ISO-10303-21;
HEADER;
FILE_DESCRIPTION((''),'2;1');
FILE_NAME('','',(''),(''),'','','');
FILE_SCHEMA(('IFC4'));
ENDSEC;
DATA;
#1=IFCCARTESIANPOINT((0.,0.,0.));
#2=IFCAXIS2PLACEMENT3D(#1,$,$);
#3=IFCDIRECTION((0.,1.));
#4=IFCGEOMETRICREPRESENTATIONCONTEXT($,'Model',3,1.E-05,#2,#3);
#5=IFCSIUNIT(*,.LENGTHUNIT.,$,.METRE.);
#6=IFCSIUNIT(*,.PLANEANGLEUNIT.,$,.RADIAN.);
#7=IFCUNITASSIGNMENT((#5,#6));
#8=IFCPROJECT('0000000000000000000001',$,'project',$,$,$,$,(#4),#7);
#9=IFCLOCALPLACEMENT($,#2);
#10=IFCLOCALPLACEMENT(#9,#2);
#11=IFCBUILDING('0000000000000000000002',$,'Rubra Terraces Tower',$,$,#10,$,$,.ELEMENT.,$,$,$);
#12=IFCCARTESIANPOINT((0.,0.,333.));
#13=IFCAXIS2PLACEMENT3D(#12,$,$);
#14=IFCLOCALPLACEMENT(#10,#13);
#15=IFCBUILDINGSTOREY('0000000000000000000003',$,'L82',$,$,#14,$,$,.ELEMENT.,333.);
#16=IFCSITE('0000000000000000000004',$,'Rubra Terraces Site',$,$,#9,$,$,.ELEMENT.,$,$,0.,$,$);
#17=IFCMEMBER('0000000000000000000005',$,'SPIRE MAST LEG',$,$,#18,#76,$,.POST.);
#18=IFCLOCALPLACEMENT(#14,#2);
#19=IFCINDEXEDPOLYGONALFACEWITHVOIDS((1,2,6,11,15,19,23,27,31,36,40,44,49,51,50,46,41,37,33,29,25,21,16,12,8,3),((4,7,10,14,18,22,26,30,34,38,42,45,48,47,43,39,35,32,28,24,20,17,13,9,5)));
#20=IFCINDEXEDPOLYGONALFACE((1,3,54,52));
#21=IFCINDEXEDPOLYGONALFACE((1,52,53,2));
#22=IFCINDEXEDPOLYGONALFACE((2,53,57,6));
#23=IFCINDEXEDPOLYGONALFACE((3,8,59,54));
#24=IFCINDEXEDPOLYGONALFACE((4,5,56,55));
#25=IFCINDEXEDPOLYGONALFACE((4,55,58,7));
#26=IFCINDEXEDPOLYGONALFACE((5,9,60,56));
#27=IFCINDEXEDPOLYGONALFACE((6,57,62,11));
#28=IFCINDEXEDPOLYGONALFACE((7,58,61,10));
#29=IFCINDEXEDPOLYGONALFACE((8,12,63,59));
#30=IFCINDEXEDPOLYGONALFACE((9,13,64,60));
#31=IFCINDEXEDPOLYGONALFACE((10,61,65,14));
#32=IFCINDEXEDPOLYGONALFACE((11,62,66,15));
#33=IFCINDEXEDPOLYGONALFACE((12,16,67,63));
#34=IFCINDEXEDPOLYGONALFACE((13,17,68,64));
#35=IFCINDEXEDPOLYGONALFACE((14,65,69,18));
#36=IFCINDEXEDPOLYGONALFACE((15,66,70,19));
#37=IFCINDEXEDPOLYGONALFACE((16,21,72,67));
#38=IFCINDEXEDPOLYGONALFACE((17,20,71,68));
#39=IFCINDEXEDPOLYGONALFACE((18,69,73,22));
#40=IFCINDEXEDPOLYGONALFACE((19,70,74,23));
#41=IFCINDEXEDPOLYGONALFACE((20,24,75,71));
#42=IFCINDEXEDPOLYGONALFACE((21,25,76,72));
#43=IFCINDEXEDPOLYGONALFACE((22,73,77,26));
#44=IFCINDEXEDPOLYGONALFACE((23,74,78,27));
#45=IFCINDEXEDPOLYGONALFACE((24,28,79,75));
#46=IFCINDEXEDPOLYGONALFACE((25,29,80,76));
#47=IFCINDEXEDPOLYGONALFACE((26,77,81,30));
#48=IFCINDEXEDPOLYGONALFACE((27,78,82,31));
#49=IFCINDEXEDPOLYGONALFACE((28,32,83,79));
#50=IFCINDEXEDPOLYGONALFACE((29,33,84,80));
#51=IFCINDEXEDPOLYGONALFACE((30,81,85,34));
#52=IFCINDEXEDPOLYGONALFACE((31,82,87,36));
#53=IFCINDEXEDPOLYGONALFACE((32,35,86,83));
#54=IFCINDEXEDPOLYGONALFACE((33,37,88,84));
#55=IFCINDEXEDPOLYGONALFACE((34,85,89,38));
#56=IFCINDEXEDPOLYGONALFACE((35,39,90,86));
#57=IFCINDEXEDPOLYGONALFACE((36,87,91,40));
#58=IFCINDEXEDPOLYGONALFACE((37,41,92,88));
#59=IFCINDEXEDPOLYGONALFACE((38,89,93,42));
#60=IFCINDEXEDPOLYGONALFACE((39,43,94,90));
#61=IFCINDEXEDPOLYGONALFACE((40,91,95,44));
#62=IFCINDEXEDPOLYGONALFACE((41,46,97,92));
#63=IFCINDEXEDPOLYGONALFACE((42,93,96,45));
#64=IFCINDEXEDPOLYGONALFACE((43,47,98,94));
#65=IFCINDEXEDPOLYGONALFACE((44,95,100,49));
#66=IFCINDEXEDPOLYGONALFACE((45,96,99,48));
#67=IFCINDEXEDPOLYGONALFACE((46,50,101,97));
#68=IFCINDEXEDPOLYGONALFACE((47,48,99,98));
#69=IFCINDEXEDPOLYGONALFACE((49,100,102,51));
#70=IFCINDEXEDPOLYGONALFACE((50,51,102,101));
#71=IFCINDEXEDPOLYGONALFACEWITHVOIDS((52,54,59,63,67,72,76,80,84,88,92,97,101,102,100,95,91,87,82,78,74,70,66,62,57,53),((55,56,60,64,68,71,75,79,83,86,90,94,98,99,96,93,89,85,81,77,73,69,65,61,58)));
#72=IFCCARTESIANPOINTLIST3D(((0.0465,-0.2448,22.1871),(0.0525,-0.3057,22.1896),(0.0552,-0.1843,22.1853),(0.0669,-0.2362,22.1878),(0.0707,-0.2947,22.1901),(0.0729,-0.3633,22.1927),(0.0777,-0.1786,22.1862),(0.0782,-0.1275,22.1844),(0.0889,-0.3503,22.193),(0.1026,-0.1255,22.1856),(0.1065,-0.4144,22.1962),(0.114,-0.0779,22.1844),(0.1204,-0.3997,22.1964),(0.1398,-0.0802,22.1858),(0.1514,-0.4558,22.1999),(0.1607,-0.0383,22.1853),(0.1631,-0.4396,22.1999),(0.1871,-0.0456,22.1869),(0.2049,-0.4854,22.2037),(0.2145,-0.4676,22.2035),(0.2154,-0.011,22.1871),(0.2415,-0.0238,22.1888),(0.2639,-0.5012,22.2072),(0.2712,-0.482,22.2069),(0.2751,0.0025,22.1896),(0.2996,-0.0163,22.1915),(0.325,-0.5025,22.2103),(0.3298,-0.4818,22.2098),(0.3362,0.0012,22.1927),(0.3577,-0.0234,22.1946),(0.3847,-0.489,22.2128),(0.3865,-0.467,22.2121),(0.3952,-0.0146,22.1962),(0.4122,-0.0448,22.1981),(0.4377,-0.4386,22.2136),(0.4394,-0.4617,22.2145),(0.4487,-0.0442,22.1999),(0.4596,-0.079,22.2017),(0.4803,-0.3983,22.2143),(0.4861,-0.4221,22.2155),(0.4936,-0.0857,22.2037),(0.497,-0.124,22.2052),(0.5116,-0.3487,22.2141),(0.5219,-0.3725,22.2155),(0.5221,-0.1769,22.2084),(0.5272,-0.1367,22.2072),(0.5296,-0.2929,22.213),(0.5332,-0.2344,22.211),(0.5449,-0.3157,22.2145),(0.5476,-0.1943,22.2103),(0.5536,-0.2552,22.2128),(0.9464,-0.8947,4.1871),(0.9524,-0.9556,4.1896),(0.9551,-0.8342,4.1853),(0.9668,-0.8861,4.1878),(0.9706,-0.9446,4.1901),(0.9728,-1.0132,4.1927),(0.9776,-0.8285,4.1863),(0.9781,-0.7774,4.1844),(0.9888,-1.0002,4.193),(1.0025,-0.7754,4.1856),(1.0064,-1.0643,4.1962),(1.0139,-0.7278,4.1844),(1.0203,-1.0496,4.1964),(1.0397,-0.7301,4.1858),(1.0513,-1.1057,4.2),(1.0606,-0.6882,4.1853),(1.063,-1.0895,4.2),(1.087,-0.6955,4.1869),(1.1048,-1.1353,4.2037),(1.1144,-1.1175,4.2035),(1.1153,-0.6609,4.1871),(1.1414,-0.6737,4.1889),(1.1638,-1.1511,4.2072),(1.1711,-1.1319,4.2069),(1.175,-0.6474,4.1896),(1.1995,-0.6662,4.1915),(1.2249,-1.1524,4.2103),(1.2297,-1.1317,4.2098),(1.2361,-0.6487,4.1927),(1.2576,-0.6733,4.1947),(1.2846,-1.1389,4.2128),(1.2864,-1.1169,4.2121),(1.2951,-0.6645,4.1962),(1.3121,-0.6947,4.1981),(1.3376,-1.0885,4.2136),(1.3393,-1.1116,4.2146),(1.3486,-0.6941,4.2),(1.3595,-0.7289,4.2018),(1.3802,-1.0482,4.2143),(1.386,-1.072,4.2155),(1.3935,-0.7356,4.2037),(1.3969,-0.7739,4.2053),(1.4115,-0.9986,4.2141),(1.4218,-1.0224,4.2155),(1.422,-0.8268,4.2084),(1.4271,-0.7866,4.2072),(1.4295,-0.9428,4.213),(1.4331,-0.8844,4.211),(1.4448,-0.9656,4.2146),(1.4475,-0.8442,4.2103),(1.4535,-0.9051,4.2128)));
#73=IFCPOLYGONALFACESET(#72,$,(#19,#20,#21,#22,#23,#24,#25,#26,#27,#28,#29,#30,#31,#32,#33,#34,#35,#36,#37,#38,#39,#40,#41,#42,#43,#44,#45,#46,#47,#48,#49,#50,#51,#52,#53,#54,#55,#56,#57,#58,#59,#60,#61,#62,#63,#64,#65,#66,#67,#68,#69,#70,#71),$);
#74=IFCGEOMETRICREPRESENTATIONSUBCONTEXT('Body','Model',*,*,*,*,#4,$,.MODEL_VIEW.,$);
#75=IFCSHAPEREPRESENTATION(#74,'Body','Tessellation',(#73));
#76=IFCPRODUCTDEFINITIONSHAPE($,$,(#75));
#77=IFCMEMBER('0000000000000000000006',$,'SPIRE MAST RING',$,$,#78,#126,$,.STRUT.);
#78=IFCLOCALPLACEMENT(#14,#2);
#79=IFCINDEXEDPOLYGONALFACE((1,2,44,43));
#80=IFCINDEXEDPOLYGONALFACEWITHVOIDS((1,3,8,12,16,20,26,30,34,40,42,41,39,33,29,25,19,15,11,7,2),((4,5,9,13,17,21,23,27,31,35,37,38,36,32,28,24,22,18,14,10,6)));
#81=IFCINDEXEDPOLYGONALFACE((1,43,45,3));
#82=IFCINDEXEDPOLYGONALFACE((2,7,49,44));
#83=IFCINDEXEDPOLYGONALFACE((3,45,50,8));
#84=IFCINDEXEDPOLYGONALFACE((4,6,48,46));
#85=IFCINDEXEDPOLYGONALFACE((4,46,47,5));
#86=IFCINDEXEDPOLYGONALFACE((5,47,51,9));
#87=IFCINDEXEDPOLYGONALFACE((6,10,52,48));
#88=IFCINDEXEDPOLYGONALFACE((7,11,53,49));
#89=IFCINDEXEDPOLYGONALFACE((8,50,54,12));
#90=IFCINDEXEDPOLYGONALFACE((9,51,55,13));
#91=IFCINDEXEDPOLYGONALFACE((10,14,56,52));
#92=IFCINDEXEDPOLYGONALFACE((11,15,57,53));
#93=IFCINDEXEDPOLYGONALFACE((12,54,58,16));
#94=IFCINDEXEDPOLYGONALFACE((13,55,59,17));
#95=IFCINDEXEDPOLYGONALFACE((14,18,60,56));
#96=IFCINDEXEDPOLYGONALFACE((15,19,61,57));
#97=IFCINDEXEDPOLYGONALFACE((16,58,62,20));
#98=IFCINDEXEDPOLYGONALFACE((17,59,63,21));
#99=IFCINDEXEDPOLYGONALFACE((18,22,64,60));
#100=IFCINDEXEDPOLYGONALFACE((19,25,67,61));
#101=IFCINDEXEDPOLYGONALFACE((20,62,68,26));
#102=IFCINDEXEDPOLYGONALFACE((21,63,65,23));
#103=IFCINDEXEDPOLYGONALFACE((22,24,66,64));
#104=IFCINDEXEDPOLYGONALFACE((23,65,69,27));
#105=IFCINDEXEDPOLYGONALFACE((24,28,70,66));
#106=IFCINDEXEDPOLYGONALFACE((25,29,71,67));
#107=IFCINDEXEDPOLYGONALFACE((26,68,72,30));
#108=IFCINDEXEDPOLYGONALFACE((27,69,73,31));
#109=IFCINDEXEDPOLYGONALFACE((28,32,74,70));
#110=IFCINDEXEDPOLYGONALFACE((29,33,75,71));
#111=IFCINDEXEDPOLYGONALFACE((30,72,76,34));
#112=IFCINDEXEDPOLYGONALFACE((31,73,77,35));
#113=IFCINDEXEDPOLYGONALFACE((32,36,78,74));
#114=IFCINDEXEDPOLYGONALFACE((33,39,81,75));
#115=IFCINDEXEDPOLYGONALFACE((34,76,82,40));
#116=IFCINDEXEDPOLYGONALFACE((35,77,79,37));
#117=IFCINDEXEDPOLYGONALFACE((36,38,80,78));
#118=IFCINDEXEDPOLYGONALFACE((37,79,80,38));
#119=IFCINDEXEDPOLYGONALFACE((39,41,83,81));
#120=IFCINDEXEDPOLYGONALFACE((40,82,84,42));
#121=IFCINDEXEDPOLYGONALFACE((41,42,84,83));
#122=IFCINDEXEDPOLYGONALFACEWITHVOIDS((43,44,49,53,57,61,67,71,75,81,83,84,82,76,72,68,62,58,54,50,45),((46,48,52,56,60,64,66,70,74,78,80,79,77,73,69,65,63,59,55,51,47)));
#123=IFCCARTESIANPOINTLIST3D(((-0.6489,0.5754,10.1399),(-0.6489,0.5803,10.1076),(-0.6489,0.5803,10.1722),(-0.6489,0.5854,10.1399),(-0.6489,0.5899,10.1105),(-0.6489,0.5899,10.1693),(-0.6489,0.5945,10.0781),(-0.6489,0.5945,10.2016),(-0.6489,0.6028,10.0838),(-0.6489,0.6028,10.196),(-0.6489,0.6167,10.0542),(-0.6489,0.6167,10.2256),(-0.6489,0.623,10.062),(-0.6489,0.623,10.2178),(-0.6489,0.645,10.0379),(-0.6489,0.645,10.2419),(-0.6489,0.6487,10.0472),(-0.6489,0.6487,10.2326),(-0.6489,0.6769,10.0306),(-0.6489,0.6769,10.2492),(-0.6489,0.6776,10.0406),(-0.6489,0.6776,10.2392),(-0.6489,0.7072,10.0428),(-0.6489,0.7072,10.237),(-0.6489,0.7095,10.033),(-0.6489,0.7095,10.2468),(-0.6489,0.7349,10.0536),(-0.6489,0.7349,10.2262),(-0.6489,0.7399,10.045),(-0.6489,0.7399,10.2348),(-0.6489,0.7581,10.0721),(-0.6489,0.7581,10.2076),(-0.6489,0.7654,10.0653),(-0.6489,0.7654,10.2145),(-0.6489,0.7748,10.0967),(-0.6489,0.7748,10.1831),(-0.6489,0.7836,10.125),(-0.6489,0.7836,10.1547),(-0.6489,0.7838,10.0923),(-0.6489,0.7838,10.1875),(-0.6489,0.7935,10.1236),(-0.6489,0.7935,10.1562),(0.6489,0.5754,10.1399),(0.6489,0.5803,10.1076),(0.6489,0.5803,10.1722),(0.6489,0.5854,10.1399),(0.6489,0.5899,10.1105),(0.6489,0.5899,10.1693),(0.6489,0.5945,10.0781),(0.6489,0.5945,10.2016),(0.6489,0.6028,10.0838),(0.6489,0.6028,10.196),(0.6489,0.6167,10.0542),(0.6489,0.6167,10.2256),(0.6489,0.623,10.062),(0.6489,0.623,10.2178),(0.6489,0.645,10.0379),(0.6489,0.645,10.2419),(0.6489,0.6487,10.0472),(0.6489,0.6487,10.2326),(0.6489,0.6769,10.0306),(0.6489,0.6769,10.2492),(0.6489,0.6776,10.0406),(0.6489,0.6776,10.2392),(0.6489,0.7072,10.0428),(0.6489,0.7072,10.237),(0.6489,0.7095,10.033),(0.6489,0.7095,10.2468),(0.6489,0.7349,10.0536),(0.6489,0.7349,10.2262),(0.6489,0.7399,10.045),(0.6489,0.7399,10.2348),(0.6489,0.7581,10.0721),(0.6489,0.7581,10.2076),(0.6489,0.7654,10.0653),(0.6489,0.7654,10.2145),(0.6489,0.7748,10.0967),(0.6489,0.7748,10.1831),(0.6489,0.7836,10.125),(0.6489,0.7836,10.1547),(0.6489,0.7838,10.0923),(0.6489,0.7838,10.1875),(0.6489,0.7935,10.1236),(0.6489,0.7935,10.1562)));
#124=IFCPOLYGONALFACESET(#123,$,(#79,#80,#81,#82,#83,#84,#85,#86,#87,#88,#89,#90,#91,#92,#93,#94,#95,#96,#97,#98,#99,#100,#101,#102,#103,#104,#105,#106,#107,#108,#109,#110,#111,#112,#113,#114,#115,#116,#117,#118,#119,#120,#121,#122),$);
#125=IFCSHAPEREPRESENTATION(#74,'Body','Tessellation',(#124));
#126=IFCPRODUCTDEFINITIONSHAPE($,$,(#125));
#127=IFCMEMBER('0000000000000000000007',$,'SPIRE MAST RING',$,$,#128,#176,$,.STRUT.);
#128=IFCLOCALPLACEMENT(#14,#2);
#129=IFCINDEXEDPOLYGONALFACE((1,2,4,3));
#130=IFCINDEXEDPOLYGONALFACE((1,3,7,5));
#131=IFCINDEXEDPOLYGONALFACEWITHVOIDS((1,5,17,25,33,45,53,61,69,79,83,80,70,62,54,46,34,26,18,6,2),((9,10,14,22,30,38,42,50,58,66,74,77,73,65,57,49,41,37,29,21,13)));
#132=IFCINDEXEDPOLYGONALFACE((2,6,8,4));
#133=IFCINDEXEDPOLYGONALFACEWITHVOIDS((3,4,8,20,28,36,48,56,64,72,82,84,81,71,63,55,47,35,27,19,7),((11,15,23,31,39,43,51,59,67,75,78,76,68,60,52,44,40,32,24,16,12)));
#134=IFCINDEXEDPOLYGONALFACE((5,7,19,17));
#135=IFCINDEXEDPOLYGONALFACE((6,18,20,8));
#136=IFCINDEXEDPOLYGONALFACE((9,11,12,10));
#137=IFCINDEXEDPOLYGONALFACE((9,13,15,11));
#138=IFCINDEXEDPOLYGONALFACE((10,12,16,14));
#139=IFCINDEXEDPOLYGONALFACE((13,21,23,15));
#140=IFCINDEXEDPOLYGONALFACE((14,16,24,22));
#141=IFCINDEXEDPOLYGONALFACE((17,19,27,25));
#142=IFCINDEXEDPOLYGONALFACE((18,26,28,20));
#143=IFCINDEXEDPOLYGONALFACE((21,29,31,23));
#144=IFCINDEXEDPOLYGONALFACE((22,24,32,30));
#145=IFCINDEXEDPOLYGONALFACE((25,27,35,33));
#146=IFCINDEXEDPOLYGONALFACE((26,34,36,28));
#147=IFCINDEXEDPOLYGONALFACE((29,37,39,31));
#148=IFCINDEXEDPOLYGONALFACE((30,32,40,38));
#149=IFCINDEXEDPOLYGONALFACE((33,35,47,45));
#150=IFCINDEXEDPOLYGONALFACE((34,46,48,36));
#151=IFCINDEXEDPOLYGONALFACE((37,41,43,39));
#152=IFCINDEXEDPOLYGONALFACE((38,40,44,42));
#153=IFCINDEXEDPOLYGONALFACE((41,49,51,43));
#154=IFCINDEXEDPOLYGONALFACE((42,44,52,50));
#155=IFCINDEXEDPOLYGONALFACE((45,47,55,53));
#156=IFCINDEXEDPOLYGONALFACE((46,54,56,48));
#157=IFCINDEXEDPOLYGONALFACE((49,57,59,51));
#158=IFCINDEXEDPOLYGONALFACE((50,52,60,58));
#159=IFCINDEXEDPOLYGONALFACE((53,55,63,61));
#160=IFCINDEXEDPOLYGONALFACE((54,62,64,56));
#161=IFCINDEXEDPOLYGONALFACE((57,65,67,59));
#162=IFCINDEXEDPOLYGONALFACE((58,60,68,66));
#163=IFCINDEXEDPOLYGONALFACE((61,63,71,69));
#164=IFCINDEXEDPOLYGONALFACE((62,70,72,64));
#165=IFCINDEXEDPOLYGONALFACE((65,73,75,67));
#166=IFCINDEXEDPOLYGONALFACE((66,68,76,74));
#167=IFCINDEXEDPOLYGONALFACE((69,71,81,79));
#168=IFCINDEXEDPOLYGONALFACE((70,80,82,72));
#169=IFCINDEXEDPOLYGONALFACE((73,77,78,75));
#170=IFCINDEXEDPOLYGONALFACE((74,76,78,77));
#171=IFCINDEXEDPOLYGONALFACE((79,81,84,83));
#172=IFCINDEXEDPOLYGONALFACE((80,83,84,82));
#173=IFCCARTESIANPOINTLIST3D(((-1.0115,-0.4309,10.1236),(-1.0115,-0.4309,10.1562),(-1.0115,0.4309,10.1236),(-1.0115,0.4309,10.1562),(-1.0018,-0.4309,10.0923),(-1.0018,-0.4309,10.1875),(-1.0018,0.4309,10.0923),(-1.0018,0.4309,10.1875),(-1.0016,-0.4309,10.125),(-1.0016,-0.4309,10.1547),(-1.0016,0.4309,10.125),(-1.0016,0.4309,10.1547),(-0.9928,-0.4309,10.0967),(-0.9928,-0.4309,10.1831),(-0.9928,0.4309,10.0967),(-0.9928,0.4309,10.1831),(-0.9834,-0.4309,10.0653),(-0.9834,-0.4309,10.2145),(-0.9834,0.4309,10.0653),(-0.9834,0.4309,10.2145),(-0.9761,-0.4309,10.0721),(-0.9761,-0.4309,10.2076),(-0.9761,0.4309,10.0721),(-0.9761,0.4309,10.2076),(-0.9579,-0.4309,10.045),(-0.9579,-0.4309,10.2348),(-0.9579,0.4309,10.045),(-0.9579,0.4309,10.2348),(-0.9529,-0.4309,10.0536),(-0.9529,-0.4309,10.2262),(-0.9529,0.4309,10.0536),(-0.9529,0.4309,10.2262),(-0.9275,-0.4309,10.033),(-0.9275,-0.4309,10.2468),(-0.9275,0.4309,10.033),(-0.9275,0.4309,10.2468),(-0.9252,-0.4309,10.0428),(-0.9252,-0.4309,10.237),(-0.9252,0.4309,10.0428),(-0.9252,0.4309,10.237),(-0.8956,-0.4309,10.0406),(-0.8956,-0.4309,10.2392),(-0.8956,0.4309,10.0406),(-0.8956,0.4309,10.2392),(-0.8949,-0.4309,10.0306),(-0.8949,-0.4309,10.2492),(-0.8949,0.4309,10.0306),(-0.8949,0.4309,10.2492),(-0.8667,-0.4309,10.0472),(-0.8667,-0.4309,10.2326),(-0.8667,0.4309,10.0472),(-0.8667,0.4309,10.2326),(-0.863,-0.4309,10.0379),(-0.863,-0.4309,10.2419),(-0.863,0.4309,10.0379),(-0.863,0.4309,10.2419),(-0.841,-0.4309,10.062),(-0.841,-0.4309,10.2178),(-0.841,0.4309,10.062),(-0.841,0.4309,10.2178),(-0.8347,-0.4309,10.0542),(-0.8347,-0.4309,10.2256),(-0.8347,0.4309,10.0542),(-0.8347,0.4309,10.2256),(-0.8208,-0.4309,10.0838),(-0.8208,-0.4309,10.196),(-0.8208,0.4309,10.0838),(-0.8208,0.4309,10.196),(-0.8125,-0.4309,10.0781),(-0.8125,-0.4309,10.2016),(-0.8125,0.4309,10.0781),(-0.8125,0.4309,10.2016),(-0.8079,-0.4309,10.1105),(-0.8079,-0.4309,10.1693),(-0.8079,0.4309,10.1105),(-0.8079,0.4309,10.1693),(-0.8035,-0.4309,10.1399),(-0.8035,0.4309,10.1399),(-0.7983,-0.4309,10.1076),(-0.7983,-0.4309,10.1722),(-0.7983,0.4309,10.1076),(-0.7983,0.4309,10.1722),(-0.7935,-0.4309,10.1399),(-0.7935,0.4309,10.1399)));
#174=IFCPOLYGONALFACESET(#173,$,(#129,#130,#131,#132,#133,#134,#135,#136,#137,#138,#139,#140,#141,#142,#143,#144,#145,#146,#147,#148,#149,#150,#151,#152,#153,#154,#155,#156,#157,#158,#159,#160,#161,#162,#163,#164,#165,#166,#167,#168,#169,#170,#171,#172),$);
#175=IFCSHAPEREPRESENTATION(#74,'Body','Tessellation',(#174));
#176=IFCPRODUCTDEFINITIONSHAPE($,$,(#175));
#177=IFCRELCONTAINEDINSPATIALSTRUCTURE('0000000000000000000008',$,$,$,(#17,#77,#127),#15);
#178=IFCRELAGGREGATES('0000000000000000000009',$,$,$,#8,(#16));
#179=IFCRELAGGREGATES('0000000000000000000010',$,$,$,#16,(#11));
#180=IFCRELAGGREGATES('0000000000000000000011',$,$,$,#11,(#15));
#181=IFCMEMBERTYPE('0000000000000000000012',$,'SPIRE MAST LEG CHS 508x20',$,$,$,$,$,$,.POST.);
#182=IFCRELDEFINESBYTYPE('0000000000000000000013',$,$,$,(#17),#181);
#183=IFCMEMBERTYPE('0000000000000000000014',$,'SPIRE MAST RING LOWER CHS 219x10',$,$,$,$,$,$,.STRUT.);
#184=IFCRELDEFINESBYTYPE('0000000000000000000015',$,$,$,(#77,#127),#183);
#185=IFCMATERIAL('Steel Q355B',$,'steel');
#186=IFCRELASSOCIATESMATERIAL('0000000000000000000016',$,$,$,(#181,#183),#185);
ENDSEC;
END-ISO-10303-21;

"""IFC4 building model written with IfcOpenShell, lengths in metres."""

from ifc_helpers import new_model, si_unit, direction, frame, origin, origin_2d, place, context, subcontext, project, spatial, hollow_circle, extrude, material, material_profile, profile_set, type_object, element, save


model = new_model("IFC4")

# Units and contexts
model_context = context("Model", 3, precision=1e-05, world=origin(), true_north=direction((0.0, 1.0)))
body_context = subcontext(model_context, "Body", "Model", "MODEL_VIEW")
ifc_project = project(units=[si_unit("LENGTHUNIT", "METRE"), si_unit("PLANEANGLEUNIT", "RADIAN")], contexts=[model_context])

# Site, building, storey
site_placement = place(None, origin())
site = spatial("IfcSite", under=ifc_project, at=site_placement, Name="Rubra Terraces Site", CompositionType="ELEMENT", RefElevation=0.0)
building_placement = place(site_placement, origin())
building = spatial("IfcBuilding", under=site, at=building_placement, Name="Rubra Terraces Tower", CompositionType="ELEMENT")
storey_placement = place(building_placement, frame((0.0, 0.0, 333.0)))
storey = spatial("IfcBuildingStorey", under=building, at=storey_placement, Name="L82", CompositionType="ELEMENT", Elevation=333.0)

# Members
ifc_material_1 = material(Name="Steel Q355B", Category="steel")
ifc_material_profile_1 = material_profile(ifc_material_1, hollow_circle(Radius=0.2539, WallThickness=0.02, at=origin_2d()), Name="CHS 508x20")
ifc_profile_set_1 = profile_set([ifc_material_profile_1], Name="Steel Q355B")
member_type_1 = type_object("IfcMemberType", Name="SPIRE MAST LEG CHS 508x20", PredefinedType="POST", material=ifc_profile_set_1)
for number, where, z_axis, x_axis, name in (
    (1, (1.2, -0.8999, 4.2), (-0.0499, 0.036037, 0.998104), (-0.585474, -0.810691, 0.0), "SPIRE MAST LEG"),
):
    element("IfcMember", number, at=place(storey_placement, frame(where, z_axis=z_axis, x_axis=x_axis)), inside=storey, type_object=member_type_1, Name=name, PredefinedType="POST", context=body_context, shape_type="SweptSolid", body=[
        extrude(hollow_circle(Radius=0.2539, WallThickness=0.02, at=origin_2d()), origin(), (0.0, 0.0, 1.0), 18.0342),
    ])
ifc_material_profile_2 = material_profile(ifc_material_1, hollow_circle(Radius=0.1096, WallThickness=0.01, at=origin_2d()), Name="CHS 219x10")
ifc_profile_set_2 = profile_set([ifc_material_profile_2], Name="Steel Q355B")
member_type_2 = type_object("IfcMemberType", Name="SPIRE MAST RING LOWER CHS 219x10", PredefinedType="STRUT", material=ifc_profile_set_2)
member_1_placement = place(storey_placement, frame((0.6489, 0.6851, 10.1399), z_axis=(-1.0, 0.0, 0.0), x_axis=(0.0, -1.0, 0.0)))
element("IfcMember", 2, at=member_1_placement, inside=storey, type_object=member_type_2, Name="SPIRE MAST RING", PredefinedType="STRUT", context=body_context, shape_type="SweptSolid", body=[
    extrude(hollow_circle(Radius=0.1096, WallThickness=0.01, at=origin_2d()), origin(), (0.0, 0.0, 1.0), 1.2979),
])
member_2_placement = place(storey_placement, frame((-0.9031, 0.4309, 10.1399), z_axis=(0.0, -1.0, 0.0), x_axis=(1.0, 0.0, 0.0)))
element("IfcMember", 3, at=member_2_placement, inside=storey, type_object=member_type_2, Name="SPIRE MAST RING", PredefinedType="STRUT", context=body_context, shape_type="SweptSolid", body=[
    extrude(hollow_circle(Radius=0.1096, WallThickness=0.01, at=origin_2d()), origin(), (0.0, 0.0, 1.0), 0.8618),
])

save(model, "model.ifc")
